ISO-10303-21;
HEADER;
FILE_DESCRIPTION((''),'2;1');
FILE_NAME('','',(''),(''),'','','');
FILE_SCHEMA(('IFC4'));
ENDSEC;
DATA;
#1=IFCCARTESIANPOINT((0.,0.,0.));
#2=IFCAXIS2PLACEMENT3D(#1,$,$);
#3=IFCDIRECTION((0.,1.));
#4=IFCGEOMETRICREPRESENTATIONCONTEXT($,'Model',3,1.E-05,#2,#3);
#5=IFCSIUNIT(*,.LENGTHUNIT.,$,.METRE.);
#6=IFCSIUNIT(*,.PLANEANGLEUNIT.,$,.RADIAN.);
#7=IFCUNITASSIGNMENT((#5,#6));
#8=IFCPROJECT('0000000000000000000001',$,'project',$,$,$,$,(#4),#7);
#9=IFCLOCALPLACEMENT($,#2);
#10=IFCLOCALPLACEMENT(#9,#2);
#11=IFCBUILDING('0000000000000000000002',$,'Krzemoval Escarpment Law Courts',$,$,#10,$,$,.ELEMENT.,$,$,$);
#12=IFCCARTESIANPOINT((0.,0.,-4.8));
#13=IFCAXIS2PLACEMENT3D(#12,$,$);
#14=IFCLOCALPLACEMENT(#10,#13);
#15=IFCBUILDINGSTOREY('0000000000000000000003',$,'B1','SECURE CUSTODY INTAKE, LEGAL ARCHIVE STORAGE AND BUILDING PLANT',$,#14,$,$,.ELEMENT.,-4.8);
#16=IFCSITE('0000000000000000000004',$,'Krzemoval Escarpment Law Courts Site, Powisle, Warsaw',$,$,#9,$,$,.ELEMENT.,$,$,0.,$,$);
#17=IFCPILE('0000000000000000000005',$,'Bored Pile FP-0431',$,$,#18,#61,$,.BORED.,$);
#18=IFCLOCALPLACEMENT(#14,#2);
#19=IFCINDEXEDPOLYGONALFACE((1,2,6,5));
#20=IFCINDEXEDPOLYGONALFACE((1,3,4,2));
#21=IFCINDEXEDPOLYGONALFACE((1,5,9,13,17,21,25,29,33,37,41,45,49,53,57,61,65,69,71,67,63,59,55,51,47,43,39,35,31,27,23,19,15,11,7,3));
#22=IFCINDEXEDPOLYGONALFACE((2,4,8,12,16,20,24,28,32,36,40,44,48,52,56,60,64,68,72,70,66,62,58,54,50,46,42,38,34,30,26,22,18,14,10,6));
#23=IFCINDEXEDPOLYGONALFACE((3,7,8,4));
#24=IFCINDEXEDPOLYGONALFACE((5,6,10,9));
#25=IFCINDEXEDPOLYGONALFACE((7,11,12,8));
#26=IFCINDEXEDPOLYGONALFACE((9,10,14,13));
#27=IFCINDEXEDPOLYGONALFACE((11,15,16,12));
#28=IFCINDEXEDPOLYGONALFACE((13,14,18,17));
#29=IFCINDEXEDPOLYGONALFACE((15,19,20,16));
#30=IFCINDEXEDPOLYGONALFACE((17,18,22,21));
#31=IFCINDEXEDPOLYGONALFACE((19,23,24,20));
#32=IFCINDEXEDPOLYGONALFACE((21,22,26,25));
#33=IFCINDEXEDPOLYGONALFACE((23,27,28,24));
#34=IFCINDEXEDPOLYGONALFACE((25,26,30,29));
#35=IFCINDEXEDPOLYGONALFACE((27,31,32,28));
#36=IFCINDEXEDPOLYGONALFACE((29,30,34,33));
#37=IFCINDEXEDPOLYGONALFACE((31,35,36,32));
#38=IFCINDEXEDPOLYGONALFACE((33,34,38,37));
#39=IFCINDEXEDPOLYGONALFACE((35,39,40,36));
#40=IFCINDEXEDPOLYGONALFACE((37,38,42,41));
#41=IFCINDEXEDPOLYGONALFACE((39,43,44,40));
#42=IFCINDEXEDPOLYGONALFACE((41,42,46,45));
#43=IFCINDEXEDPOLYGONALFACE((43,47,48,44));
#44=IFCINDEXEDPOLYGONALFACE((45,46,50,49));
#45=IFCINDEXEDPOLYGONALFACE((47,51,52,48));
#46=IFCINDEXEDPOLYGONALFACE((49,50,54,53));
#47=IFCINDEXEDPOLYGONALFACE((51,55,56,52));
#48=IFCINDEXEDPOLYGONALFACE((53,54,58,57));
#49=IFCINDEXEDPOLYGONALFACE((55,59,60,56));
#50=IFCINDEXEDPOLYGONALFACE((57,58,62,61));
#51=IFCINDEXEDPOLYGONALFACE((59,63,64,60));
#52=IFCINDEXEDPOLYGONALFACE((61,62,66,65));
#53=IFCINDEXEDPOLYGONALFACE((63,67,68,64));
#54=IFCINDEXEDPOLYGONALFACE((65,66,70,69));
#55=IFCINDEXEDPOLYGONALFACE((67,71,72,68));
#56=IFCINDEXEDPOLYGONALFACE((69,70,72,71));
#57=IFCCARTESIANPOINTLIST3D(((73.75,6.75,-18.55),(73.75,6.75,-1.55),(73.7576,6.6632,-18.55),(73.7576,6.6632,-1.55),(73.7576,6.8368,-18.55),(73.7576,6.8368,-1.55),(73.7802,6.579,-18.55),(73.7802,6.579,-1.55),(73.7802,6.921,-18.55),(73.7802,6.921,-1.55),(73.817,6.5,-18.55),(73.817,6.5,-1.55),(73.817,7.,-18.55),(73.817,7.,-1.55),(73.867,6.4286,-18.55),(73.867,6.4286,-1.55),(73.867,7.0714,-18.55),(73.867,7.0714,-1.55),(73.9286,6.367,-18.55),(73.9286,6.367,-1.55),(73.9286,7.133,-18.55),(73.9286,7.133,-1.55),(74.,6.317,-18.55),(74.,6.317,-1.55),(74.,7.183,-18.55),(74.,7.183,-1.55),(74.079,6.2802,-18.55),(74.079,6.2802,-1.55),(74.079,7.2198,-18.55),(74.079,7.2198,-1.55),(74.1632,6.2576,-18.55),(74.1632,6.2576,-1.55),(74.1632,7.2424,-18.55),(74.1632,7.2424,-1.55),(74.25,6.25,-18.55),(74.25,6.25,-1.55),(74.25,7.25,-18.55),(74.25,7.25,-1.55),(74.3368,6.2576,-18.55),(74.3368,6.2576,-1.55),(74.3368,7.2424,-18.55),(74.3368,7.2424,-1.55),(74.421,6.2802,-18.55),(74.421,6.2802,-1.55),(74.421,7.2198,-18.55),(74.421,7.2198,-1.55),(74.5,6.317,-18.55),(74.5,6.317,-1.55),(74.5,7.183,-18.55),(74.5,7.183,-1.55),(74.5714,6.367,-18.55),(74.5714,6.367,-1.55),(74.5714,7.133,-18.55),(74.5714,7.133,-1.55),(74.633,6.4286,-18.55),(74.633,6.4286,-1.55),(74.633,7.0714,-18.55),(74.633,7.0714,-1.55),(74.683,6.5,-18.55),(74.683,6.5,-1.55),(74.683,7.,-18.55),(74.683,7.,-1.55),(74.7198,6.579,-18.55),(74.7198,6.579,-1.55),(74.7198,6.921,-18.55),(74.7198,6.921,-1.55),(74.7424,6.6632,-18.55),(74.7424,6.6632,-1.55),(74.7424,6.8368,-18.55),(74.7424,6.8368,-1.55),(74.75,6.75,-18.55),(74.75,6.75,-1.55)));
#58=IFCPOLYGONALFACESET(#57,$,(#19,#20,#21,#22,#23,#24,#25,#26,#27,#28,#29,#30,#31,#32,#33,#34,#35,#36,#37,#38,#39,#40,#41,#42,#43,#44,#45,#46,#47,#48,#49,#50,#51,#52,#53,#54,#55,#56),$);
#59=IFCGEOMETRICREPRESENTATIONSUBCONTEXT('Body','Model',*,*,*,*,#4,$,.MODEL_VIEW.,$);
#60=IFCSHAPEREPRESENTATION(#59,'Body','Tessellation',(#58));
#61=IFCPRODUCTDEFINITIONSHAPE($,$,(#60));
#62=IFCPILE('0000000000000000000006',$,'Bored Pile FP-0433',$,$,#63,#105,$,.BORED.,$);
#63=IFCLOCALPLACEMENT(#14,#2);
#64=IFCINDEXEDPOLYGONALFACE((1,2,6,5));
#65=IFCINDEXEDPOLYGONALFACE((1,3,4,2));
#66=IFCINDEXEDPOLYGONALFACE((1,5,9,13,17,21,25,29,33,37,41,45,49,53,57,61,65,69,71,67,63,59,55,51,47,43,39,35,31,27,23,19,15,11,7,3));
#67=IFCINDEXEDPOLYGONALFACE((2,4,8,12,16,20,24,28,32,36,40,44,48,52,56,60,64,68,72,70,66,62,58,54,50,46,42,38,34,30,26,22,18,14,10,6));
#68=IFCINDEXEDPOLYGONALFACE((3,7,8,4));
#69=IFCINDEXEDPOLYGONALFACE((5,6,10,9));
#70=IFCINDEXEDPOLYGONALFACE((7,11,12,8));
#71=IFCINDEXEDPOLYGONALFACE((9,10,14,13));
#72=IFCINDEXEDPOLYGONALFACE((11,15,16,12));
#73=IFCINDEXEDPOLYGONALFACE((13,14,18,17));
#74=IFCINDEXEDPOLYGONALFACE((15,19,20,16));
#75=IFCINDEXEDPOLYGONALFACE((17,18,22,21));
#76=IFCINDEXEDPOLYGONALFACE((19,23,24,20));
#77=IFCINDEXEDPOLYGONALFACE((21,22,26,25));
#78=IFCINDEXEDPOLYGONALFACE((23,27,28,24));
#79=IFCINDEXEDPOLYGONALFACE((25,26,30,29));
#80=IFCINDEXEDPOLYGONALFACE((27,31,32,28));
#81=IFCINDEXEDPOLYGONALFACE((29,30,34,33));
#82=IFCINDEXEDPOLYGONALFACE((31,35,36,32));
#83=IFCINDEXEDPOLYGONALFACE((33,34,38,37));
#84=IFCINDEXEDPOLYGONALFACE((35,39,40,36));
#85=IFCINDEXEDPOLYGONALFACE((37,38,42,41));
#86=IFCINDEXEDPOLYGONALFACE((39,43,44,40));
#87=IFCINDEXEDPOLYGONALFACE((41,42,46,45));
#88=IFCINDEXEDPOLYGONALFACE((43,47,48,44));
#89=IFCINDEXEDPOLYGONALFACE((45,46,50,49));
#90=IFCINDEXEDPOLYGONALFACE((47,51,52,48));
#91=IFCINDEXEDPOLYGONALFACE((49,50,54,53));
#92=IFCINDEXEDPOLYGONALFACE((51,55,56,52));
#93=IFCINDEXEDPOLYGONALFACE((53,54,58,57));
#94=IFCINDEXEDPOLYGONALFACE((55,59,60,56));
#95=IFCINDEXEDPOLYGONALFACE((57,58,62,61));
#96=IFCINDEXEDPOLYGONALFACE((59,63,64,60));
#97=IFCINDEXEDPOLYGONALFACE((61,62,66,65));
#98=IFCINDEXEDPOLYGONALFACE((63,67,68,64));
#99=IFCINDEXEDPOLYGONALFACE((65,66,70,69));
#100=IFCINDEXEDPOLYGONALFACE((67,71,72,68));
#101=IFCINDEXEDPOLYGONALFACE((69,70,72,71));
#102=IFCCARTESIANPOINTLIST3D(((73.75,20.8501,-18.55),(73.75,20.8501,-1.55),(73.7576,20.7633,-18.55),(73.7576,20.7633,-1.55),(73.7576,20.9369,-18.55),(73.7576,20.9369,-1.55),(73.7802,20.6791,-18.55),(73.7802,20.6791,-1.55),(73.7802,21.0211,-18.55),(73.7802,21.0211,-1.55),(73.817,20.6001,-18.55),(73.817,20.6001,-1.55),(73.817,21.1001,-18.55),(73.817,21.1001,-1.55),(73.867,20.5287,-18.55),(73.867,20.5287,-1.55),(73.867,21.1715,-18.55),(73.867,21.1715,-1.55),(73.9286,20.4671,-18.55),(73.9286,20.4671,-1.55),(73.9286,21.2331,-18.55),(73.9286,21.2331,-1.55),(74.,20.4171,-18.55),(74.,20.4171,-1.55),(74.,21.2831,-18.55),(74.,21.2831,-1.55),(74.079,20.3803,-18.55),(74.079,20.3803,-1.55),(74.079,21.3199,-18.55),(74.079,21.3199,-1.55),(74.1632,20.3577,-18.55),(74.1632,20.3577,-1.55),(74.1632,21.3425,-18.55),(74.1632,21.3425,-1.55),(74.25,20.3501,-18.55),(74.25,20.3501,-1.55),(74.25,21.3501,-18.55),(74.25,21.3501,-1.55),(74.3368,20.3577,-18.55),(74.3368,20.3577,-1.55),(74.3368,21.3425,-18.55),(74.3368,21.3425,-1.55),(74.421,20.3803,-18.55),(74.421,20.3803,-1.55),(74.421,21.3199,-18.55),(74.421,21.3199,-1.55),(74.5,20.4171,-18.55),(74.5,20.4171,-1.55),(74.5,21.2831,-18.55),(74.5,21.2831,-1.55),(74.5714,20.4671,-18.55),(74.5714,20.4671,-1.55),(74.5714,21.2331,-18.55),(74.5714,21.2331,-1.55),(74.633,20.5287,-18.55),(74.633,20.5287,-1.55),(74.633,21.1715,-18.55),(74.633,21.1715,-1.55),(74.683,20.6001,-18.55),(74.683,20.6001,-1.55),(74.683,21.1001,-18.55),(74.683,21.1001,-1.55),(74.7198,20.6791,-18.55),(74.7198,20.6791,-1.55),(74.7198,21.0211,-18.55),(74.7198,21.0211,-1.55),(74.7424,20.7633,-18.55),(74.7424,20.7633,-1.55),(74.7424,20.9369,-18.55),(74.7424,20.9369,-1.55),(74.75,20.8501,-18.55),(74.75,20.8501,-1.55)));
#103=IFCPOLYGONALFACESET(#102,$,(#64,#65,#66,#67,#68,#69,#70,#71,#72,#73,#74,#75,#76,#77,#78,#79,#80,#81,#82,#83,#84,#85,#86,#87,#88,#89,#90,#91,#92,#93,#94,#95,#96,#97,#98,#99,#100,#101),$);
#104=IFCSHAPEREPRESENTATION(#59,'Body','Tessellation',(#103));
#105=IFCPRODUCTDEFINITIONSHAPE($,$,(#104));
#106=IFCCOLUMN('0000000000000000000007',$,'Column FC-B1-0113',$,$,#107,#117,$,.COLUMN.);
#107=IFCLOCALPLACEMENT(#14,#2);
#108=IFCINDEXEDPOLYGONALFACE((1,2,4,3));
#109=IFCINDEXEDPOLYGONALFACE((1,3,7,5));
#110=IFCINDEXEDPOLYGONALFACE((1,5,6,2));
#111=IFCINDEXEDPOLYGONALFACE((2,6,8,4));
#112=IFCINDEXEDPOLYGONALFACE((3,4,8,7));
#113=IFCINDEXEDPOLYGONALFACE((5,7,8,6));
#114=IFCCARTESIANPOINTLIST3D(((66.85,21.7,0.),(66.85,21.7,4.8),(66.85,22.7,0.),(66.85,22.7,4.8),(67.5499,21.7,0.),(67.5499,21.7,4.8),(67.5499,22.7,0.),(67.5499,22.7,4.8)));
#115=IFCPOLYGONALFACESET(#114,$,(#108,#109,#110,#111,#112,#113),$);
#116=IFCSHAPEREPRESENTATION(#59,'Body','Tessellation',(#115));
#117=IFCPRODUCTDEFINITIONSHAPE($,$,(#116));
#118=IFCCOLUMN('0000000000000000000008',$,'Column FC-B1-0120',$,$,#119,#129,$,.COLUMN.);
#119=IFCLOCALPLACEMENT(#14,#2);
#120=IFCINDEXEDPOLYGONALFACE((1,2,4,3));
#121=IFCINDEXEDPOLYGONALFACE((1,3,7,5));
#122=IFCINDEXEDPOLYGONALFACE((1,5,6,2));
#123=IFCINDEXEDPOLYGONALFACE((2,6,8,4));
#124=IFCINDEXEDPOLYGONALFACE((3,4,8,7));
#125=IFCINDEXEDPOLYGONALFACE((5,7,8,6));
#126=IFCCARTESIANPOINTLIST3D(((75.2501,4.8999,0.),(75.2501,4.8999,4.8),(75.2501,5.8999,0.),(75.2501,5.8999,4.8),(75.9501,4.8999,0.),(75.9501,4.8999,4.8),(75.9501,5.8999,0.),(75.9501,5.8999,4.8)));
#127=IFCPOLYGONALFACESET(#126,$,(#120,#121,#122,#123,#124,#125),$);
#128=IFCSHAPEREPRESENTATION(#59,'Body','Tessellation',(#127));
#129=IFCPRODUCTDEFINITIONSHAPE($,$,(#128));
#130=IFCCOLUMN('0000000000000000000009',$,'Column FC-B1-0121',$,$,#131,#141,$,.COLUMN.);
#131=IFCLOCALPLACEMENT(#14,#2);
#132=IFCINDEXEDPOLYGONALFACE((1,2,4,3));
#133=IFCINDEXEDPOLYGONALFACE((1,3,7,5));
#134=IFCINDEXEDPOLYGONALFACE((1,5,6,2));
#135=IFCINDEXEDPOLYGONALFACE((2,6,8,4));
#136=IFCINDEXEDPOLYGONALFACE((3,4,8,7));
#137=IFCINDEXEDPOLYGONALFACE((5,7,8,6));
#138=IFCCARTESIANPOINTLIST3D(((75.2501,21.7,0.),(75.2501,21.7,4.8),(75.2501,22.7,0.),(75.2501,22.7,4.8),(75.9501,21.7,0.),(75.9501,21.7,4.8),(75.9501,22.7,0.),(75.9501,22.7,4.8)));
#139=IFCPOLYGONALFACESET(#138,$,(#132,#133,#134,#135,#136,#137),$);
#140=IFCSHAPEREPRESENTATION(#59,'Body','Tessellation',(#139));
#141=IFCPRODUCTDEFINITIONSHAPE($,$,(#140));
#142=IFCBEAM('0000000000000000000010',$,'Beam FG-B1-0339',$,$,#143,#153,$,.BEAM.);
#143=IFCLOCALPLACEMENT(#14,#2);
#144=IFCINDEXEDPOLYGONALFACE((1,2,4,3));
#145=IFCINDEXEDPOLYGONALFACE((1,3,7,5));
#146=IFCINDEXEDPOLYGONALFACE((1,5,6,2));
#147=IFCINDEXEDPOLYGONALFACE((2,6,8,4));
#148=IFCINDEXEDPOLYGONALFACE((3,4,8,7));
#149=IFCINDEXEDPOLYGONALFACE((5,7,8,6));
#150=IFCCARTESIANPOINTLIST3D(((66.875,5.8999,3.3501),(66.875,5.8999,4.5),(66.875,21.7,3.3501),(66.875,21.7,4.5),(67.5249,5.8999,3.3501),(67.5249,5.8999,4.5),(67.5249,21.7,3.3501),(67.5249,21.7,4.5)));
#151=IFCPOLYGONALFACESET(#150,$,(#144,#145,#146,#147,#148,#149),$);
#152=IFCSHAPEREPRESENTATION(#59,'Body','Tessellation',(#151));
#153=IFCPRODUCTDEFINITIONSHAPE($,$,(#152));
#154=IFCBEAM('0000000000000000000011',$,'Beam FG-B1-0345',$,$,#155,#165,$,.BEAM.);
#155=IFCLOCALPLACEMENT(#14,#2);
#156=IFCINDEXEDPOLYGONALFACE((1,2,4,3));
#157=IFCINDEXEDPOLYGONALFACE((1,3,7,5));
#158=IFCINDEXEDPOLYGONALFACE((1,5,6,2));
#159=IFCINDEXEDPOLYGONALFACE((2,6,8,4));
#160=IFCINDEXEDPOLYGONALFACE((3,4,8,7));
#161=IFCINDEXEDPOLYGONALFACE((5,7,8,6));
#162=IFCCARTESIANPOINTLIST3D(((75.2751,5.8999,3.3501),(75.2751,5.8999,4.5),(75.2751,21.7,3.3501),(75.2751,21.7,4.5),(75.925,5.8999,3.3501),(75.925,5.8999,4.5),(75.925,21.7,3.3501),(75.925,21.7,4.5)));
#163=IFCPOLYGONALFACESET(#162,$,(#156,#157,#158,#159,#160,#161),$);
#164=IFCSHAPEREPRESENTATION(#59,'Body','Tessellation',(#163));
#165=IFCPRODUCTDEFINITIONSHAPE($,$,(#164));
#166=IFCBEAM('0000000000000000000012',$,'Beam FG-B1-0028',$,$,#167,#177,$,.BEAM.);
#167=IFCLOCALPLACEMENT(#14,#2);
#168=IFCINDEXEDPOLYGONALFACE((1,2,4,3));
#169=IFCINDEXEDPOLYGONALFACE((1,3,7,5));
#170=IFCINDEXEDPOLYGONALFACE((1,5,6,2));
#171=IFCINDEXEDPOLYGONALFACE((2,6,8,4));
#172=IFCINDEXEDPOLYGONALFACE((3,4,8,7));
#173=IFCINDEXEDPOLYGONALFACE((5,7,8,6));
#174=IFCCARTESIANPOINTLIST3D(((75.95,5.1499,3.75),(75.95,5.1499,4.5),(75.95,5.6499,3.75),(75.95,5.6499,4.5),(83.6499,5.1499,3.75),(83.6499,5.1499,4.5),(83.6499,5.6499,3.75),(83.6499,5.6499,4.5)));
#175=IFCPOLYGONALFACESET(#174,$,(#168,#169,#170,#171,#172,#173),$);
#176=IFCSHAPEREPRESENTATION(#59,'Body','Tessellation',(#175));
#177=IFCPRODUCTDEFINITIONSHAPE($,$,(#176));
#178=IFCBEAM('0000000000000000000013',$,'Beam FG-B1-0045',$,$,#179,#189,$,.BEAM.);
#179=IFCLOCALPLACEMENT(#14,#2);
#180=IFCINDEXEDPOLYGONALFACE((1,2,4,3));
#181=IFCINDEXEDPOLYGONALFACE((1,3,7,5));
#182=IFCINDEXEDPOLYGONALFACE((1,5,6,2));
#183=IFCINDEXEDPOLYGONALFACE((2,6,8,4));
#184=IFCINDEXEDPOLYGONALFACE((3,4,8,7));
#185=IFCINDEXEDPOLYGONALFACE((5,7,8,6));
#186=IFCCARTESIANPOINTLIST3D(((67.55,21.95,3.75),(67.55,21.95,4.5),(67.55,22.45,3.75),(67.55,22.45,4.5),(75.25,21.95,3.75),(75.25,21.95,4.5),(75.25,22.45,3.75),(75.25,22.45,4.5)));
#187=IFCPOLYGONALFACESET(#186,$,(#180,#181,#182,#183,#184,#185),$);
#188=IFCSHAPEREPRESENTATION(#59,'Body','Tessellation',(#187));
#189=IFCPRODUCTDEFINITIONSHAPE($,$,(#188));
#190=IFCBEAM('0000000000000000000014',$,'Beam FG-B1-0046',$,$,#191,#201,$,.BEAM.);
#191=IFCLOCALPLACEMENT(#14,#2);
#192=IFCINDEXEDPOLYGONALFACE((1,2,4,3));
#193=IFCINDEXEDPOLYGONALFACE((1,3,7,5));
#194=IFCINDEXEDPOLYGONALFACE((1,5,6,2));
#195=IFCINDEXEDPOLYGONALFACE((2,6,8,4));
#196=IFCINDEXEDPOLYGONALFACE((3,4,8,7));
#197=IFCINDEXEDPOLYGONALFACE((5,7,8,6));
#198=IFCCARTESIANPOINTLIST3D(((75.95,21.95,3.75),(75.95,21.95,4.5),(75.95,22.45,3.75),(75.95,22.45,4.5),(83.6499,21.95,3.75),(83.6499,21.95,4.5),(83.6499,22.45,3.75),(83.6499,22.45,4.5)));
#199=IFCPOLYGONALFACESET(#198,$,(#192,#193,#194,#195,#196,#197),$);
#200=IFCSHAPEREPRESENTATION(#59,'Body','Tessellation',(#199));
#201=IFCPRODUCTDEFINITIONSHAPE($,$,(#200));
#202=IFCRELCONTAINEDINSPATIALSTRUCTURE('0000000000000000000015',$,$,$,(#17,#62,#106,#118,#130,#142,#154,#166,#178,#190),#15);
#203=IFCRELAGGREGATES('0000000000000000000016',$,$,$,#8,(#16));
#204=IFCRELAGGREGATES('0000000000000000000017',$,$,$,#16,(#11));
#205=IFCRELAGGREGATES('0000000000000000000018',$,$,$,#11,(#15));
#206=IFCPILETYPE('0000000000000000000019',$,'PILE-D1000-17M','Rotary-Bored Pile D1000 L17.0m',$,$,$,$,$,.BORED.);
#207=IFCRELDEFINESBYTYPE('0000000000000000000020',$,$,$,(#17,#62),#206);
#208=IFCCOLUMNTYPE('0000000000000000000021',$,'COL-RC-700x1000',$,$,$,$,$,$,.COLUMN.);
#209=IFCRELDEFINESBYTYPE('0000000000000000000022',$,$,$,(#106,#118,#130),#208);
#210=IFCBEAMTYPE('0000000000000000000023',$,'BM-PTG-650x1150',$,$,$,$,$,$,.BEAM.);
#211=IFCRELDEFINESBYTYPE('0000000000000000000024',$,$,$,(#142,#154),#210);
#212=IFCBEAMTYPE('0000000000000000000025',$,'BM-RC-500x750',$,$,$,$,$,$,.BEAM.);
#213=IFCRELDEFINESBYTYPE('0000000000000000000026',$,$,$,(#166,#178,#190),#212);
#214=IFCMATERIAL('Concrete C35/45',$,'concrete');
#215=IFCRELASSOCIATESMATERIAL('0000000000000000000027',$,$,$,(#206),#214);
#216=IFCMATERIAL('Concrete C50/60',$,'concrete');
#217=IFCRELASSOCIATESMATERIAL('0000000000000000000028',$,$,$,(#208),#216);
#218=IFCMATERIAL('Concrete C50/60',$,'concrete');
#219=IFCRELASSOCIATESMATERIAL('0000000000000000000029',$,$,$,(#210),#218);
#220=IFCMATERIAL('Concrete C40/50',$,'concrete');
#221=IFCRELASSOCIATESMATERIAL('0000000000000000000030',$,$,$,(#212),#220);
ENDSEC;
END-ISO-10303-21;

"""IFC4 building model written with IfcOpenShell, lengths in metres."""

from ifc_helpers import new_model, si_unit, direction, frame, origin, origin_2d, place, context, subcontext, project, spatial, rectangle, circle, extrude, material, material_profile, profile_set, type_object, element, save


model = new_model("IFC4")

# Units and contexts
model_context = context("Model", 3, precision=1e-05, world=origin(), true_north=direction((0.0, 1.0)))
body_context = subcontext(model_context, "Body", "Model", "MODEL_VIEW")
ifc_project = project(units=[si_unit("LENGTHUNIT", "METRE"), si_unit("PLANEANGLEUNIT", "RADIAN")], contexts=[model_context])

# Site, building, storey
site_placement = place(None, origin())
site = spatial("IfcSite", under=ifc_project, at=site_placement, Name="Krzemoval Escarpment Law Courts Site, Powisle, Warsaw", CompositionType="ELEMENT", RefElevation=0.0)
building_placement = place(site_placement, origin())
building = spatial("IfcBuilding", under=site, at=building_placement, Name="Krzemoval Escarpment Law Courts", CompositionType="ELEMENT")
storey_placement = place(building_placement, frame((0.0, 0.0, -4.8)))
storey = spatial("IfcBuildingStorey", under=building, at=storey_placement, Name="B1", Description="SECURE CUSTODY INTAKE, LEGAL ARCHIVE STORAGE AND BUILDING PLANT", CompositionType="ELEMENT", Elevation=-4.8)

# Piles
ifc_material_1 = material(Name="Concrete C35/45", Category="concrete")
ifc_material_profile_1 = material_profile(ifc_material_1, circle(Radius=0.5, at=origin_2d()), Name="PILE D1000")
ifc_profile_set_1 = profile_set([ifc_material_profile_1], Name="Concrete C35/45")
pile_type = type_object("IfcPileType", Name="PILE-D1000-17M", Description="Rotary-Bored Pile D1000 L17.0m", PredefinedType="BORED", material=ifc_profile_set_1)
for number, where, z_axis, x_axis, name in (
    (1, (74.25, 6.75, -1.55), (0.0, 0.0, -1.0), (1.0, 0.0, 0.0), "Bored Pile FP-0431"),
    (2, (74.25, 20.8501, -1.55), (0.0, 0.0, -1.0), (1.0, 0.0, 0.0), "Bored Pile FP-0433"),
):
    element("IfcPile", number, at=place(storey_placement, frame(where, z_axis=z_axis, x_axis=x_axis)), inside=storey, type_object=pile_type, Name=name, PredefinedType="BORED", context=body_context, shape_type="SweptSolid", body=[
        extrude(circle(Radius=0.5, at=origin_2d()), origin(), (0.0, 0.0, 1.0), 17.0),
    ])

# Columns
ifc_material_2 = material(Name="Concrete C50/60", Category="concrete")
ifc_material_profile_2 = material_profile(ifc_material_2, rectangle(XDim=0.7, YDim=1.0, at=origin_2d()), Name="RC 700x1000")
ifc_profile_set_2 = profile_set([ifc_material_profile_2], Name="Concrete C50/60")
column_type = type_object("IfcColumnType", Name="COL-RC-700x1000", PredefinedType="COLUMN", material=ifc_profile_set_2)
for number, where, z_axis, x_axis, name in (
    (3, (67.2, 22.2, 0.0), (0.0, 0.0, 1.0), (1.0, 0.0, 0.0), "Column FC-B1-0113"),
    (4, (75.6001, 5.3999, 0.0), (0.0, 0.0, 1.0), (1.0, 0.0, 0.0), "Column FC-B1-0120"),
    (5, (75.6001, 22.2, 0.0), (0.0, 0.0, 1.0), (1.0, 0.0, 0.0), "Column FC-B1-0121"),
):
    element("IfcColumn", number, at=place(storey_placement, frame(where, z_axis=z_axis, x_axis=x_axis)), inside=storey, type_object=column_type, Name=name, PredefinedType="COLUMN", context=body_context, shape_type="SweptSolid", body=[
        extrude(rectangle(XDim=0.7, YDim=1.0, at=origin_2d()), origin(), (0.0, 0.0, 1.0), 4.8),
    ])

# Beams
ifc_material_3 = material(Name="Concrete C50/60", Category="concrete")
ifc_material_profile_3 = material_profile(ifc_material_3, rectangle(XDim=0.6499, YDim=1.1499, at=origin_2d()), Name="PTG 650x1150")
ifc_profile_set_3 = profile_set([ifc_material_profile_3], Name="Concrete C50/60")
beam_type_1 = type_object("IfcBeamType", Name="BM-PTG-650x1150", PredefinedType="BEAM", material=ifc_profile_set_3)
for number, where, z_axis, x_axis, name in (
    (6, (67.2, 5.8999, 3.925), (0.0, 1.0, 0.0), (-1.0, 0.0, 0.0), "Beam FG-B1-0339"),
    (7, (75.6001, 5.8999, 3.925), (0.0, 1.0, 0.0), (-1.0, 0.0, 0.0), "Beam FG-B1-0345"),
):
    element("IfcBeam", number, at=place(storey_placement, frame(where, z_axis=z_axis, x_axis=x_axis)), inside=storey, type_object=beam_type_1, Name=name, PredefinedType="BEAM", context=body_context, shape_type="SweptSolid", body=[
        extrude(rectangle(XDim=0.6499, YDim=1.1499, at=origin_2d()), origin(), (0.0, 0.0, 1.0), 15.8),
    ])
ifc_material_4 = material(Name="Concrete C40/50", Category="concrete")
ifc_material_profile_4 = material_profile(ifc_material_4, rectangle(XDim=0.5, YDim=0.75, at=origin_2d()), Name="RCB 500x750")
ifc_profile_set_4 = profile_set([ifc_material_profile_4], Name="Concrete C40/50")
beam_type_2 = type_object("IfcBeamType", Name="BM-RC-500x750", PredefinedType="BEAM", material=ifc_profile_set_4)
for number, where, z_axis, x_axis, name in (
    (8, (75.95, 5.3999, 4.125), (1.0, 0.0, 0.0), (0.0, 1.0, 0.0), "Beam FG-B1-0028"),
    (9, (67.55, 22.2, 4.125), (1.0, 0.0, 0.0), (0.0, 1.0, 0.0), "Beam FG-B1-0045"),
    (10, (75.95, 22.2, 4.125), (1.0, 0.0, 0.0), (0.0, 1.0, 0.0), "Beam FG-B1-0046"),
):
    element("IfcBeam", number, at=place(storey_placement, frame(where, z_axis=z_axis, x_axis=x_axis)), inside=storey, type_object=beam_type_2, Name=name, PredefinedType="BEAM", context=body_context, shape_type="SweptSolid", body=[
        extrude(rectangle(XDim=0.5, YDim=0.75, at=origin_2d()), origin(), (0.0, 0.0, 1.0), 7.7),
    ])

save(model, "model.ifc")
